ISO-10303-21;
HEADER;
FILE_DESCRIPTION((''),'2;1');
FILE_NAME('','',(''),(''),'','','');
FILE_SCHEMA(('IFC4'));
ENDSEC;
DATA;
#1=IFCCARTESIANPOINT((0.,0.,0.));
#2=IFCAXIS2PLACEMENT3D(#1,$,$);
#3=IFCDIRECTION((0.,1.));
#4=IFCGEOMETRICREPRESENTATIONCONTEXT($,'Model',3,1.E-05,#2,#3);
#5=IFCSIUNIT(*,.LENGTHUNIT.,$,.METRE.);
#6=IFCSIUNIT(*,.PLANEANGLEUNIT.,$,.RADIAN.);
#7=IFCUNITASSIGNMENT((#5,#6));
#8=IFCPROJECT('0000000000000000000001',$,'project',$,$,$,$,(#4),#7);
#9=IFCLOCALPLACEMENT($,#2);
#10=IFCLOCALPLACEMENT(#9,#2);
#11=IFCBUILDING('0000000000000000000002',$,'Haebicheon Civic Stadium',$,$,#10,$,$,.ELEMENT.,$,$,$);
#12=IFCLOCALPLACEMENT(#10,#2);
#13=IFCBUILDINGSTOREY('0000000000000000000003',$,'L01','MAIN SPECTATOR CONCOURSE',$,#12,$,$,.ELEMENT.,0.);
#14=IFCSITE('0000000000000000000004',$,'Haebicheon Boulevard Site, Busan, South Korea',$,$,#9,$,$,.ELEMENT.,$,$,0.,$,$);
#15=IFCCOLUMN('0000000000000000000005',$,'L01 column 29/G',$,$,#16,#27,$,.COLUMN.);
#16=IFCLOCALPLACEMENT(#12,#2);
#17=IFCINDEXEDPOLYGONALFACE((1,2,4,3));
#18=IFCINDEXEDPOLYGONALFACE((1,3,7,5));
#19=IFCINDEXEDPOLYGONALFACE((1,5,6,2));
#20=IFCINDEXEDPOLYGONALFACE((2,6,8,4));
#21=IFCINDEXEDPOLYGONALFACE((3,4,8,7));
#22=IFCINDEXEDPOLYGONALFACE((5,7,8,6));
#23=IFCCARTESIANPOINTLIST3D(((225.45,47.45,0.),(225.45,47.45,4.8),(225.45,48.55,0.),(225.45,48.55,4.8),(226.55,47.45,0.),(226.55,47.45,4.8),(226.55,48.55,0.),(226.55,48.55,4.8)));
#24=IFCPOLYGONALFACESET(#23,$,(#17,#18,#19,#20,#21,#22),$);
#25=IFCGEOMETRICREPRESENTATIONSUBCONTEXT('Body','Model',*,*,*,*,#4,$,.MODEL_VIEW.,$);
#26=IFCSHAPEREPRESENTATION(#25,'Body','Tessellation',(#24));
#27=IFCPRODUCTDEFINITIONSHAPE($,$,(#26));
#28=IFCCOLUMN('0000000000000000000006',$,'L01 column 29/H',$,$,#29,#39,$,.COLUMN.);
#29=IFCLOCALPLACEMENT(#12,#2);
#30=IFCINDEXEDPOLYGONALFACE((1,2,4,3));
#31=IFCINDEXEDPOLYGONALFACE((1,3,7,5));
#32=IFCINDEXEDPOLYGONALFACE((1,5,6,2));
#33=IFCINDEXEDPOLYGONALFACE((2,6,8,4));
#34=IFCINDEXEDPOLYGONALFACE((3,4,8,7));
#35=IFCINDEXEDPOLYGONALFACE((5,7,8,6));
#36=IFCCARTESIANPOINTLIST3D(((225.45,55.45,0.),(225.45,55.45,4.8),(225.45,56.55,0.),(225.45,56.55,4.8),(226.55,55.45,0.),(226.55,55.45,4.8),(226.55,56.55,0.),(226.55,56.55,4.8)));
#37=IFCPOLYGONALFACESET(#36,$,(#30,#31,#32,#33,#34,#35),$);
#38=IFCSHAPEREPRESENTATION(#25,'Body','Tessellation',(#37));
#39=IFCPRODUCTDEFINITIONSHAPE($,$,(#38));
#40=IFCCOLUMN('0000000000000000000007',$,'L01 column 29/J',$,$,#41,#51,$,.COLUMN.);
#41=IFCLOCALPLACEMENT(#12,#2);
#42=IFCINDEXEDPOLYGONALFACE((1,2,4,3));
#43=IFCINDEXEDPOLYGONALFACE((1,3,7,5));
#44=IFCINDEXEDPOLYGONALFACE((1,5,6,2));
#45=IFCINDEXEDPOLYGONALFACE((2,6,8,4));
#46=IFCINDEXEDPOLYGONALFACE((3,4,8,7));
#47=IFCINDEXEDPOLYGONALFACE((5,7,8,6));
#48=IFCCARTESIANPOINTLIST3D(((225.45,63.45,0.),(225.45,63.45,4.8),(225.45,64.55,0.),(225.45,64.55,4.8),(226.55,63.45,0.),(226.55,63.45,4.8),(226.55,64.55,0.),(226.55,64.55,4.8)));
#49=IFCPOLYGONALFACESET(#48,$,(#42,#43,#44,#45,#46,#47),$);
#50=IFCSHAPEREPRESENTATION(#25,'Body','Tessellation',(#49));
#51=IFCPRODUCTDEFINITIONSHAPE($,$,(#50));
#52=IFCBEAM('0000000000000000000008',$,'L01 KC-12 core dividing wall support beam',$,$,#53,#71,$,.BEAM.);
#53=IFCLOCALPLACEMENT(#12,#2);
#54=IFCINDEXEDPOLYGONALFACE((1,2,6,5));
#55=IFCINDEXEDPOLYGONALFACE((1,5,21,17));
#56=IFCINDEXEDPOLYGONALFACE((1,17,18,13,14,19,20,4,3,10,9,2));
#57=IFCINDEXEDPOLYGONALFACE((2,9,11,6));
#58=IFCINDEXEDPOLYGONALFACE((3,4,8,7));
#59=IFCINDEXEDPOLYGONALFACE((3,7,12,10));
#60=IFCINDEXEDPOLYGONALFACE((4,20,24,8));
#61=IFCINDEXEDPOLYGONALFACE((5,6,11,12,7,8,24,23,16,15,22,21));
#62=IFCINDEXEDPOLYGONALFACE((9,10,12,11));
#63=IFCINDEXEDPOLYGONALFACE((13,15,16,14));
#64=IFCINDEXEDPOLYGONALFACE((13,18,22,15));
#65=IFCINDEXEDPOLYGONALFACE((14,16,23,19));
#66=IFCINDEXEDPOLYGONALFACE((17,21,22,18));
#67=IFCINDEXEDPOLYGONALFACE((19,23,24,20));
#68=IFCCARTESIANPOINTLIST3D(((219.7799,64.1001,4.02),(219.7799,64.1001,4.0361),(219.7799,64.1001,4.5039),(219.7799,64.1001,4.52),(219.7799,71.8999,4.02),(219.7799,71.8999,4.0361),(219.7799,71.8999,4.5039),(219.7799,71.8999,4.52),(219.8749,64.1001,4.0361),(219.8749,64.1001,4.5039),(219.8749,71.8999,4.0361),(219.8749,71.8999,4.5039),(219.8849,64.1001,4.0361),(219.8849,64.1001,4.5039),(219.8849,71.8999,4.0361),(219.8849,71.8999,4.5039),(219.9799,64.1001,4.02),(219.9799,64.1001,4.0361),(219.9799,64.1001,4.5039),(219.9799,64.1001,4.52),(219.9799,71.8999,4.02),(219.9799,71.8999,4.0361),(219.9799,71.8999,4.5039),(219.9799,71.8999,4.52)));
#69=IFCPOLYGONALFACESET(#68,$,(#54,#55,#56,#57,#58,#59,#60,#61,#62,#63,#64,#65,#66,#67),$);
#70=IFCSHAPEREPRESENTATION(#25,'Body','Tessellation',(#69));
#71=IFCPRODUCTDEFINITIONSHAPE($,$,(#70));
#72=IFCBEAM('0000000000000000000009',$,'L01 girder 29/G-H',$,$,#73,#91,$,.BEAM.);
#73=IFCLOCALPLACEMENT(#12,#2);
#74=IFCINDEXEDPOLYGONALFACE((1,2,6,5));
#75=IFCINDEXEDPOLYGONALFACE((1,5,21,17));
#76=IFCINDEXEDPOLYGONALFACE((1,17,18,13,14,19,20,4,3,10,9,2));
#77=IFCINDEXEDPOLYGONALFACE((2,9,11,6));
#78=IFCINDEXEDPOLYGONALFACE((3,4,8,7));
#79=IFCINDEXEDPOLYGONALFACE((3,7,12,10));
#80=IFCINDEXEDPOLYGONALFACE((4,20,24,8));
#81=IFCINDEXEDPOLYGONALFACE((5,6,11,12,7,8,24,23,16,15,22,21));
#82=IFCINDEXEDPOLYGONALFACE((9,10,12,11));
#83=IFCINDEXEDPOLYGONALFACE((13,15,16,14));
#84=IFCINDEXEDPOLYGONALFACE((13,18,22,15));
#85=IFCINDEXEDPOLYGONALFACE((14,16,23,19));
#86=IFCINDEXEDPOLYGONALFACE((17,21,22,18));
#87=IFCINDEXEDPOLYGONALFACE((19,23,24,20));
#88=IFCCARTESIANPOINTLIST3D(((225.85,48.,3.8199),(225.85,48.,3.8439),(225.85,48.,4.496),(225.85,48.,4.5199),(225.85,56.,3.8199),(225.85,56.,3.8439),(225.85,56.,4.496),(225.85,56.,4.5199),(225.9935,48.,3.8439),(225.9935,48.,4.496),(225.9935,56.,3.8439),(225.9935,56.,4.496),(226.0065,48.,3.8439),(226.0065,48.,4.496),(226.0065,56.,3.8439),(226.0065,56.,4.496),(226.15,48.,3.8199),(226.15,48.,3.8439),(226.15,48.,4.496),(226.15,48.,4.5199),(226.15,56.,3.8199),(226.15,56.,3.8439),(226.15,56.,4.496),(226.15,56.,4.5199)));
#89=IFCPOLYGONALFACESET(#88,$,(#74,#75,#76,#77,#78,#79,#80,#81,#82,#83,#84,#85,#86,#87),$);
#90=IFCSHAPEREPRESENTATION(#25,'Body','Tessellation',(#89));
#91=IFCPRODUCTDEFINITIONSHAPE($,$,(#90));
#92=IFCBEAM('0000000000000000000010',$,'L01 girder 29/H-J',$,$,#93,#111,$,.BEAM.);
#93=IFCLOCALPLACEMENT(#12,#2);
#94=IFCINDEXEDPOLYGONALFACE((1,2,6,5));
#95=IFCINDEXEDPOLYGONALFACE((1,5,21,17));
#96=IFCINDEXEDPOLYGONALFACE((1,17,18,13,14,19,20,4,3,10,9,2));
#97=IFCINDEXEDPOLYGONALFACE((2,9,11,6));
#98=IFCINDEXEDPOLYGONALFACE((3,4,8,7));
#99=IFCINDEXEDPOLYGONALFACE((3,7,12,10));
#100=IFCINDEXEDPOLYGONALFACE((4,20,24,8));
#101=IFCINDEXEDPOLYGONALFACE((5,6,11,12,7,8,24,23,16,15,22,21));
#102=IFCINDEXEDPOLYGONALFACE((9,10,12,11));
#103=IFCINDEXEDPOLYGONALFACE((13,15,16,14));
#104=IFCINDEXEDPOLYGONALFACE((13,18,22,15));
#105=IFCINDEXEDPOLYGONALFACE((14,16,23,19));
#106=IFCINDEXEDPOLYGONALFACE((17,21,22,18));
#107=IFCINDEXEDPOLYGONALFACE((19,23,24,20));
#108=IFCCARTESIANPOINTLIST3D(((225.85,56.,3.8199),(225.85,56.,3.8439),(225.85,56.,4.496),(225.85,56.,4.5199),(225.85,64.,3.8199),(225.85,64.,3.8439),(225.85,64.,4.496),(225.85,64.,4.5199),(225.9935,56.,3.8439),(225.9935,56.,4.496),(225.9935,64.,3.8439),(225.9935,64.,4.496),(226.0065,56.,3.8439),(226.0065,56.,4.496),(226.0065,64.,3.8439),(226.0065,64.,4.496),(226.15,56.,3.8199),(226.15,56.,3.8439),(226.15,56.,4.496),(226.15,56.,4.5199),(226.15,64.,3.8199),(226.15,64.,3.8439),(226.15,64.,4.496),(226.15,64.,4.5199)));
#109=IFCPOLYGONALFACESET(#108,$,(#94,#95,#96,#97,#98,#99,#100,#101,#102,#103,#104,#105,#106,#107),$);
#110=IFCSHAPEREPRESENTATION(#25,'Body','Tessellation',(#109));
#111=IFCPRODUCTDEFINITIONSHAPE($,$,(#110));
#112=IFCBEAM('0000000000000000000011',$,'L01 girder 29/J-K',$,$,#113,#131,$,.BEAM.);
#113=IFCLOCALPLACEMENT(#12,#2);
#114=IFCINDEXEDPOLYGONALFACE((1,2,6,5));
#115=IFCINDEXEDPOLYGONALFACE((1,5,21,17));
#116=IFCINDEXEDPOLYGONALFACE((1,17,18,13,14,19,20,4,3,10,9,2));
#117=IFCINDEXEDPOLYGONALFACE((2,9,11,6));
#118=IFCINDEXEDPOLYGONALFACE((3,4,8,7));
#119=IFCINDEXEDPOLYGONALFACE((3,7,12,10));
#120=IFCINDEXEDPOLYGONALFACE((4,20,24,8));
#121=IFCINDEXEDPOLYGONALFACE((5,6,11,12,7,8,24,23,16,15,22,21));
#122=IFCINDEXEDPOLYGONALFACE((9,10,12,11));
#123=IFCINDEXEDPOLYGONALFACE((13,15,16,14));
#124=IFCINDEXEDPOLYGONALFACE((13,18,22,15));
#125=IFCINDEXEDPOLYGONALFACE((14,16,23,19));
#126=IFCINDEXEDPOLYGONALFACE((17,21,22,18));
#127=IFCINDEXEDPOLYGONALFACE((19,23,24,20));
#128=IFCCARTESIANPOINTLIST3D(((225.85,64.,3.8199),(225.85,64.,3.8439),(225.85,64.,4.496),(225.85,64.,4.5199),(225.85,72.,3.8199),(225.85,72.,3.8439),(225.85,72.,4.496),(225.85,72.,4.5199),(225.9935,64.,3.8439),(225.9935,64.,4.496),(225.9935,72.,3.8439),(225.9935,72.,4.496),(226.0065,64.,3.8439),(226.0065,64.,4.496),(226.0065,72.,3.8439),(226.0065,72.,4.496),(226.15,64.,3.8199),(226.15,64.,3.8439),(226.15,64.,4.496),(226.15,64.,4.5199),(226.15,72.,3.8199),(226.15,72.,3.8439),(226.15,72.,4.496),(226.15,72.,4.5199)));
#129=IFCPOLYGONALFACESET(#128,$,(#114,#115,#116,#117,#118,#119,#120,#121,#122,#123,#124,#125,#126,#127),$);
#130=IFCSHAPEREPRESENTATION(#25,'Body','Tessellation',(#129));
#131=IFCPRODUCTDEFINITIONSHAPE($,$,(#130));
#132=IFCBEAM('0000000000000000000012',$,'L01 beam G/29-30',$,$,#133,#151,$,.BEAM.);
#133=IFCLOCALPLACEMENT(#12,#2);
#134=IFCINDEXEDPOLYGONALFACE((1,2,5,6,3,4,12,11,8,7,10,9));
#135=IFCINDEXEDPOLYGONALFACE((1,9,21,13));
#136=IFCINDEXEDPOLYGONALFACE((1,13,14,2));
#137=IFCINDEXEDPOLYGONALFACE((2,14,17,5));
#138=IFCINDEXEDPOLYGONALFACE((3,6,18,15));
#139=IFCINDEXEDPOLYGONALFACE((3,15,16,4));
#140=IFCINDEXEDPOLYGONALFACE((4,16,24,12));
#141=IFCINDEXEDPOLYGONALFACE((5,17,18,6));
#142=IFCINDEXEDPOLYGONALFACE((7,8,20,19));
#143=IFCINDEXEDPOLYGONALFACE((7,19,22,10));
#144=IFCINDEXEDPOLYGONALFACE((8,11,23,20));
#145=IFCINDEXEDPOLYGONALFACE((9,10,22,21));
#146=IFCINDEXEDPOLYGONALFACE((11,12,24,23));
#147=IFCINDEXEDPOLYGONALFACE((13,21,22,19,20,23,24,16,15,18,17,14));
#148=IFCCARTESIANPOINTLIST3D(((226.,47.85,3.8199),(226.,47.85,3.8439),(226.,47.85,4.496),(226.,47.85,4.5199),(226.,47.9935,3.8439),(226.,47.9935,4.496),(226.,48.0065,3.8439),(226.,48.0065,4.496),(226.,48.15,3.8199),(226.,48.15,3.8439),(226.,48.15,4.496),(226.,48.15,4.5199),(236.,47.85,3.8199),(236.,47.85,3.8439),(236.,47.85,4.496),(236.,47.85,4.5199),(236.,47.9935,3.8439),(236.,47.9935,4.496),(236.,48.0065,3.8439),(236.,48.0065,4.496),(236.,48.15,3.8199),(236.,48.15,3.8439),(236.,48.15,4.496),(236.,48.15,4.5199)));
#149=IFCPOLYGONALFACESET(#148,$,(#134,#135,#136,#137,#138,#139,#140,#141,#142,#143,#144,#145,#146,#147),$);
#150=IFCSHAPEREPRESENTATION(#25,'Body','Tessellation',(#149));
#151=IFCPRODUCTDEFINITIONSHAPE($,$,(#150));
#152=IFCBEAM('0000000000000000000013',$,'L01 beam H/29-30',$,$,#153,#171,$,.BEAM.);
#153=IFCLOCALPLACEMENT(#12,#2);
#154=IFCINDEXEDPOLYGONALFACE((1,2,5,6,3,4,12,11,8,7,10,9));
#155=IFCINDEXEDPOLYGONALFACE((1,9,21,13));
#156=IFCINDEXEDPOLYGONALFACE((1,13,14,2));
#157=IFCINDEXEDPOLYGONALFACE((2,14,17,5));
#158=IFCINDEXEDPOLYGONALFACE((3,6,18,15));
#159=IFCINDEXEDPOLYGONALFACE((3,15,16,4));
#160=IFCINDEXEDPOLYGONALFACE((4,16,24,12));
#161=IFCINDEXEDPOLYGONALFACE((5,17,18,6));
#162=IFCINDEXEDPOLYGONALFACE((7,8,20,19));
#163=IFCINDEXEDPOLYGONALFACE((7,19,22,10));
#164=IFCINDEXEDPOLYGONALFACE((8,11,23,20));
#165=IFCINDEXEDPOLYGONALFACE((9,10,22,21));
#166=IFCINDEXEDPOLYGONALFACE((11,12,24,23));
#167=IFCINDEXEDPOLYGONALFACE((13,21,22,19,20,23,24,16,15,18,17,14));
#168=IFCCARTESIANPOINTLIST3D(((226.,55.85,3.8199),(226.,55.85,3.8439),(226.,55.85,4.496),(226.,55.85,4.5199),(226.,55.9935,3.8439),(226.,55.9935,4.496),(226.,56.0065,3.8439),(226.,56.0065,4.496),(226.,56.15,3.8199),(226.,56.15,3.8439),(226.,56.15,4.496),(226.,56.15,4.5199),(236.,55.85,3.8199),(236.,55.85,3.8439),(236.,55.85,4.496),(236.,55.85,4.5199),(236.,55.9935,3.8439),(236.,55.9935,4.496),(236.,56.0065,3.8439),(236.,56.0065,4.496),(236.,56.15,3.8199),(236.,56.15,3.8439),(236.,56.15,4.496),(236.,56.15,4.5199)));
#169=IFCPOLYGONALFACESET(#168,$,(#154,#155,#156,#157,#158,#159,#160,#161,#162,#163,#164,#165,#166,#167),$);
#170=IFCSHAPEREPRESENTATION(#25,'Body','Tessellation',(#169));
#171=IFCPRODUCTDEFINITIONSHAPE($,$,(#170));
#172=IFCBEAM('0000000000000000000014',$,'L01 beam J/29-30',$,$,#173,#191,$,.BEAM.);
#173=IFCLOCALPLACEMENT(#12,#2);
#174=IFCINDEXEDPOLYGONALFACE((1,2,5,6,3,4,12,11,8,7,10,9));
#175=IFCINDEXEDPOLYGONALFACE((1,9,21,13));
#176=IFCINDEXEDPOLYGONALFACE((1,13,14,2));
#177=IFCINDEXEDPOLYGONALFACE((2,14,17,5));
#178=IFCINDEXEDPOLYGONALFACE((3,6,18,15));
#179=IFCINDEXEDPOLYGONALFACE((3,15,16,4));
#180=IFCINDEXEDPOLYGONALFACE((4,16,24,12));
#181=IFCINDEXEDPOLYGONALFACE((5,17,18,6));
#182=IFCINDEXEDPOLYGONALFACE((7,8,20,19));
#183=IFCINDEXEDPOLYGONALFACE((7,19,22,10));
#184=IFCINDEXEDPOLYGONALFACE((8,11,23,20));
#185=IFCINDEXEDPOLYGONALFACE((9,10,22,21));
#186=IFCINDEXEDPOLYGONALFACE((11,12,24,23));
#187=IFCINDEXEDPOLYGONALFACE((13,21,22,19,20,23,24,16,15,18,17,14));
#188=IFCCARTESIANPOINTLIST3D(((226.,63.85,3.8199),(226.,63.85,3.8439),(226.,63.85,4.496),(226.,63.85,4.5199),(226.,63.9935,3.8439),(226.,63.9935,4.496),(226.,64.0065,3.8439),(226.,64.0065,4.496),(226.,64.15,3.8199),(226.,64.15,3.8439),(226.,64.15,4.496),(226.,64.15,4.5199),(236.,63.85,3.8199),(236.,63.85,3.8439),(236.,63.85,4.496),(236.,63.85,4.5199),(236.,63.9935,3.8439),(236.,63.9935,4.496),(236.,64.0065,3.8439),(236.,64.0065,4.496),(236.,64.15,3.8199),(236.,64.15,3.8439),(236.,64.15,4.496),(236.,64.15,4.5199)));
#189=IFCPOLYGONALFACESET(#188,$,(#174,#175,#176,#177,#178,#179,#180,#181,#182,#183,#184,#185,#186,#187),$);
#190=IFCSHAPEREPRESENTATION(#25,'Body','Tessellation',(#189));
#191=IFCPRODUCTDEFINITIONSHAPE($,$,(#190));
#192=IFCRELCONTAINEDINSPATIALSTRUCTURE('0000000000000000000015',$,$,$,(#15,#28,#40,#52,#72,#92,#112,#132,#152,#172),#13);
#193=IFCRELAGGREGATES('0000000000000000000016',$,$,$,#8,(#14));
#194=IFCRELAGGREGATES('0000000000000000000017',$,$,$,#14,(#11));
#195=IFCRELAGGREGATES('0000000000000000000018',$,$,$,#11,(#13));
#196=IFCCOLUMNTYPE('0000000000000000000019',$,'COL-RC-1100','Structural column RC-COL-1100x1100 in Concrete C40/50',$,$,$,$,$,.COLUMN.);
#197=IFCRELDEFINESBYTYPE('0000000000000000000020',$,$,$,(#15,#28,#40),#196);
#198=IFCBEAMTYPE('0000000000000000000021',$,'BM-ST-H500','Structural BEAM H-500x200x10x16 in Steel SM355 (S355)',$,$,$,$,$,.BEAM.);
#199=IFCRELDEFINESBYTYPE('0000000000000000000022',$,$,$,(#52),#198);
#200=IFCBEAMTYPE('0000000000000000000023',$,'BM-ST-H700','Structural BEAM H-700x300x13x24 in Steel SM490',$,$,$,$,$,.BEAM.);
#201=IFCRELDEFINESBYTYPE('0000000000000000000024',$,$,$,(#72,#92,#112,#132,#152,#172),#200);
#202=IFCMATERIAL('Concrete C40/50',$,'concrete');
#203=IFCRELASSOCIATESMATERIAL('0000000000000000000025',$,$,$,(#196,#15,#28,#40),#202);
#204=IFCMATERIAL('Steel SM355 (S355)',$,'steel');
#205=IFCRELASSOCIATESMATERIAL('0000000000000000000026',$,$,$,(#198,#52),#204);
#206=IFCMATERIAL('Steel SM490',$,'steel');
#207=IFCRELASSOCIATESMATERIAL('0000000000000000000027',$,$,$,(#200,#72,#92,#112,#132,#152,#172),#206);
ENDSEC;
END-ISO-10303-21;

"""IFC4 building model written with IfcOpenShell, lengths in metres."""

from ifc_helpers import new_model, si_unit, direction, frame, origin, origin_2d, place, context, subcontext, project, spatial, rectangle, i_section, extrude, material, material_profile, profile_set, type_object, element, save


model = new_model("IFC4")

# Units and contexts
model_context = context("Model", 3, precision=1e-05, world=origin(), true_north=direction((0.0, 1.0)))
body_context = subcontext(model_context, "Body", "Model", "MODEL_VIEW")
ifc_project = project(units=[si_unit("LENGTHUNIT", "METRE"), si_unit("PLANEANGLEUNIT", "RADIAN")], contexts=[model_context])

# Site, building, storey
site_placement = place(None, origin())
site = spatial("IfcSite", under=ifc_project, at=site_placement, Name="Haebicheon Boulevard Site, Busan, South Korea", CompositionType="ELEMENT", RefElevation=0.0)
building_placement = place(site_placement, origin())
building = spatial("IfcBuilding", under=site, at=building_placement, Name="Haebicheon Civic Stadium", CompositionType="ELEMENT")
storey_placement = place(building_placement, origin())
storey = spatial("IfcBuildingStorey", under=building, at=storey_placement, Name="L01", Description="MAIN SPECTATOR CONCOURSE", CompositionType="ELEMENT", Elevation=0.0)

# Columns
ifc_material_1 = material(Name="Concrete C40/50", Category="concrete")
ifc_material_profile_1 = material_profile(ifc_material_1, rectangle(XDim=1.1001, YDim=1.1001, at=origin_2d()), Name="RC-COL-1100x1100")
ifc_profile_set_1 = profile_set([ifc_material_profile_1], Name="Concrete C40/50")
column_type = type_object("IfcColumnType", Name="COL-RC-1100", Description="Structural column RC-COL-1100x1100 in Concrete C40/50", PredefinedType="COLUMN", material=ifc_profile_set_1)
for number, where, z_axis, x_axis, name in (
    (1, (226.0, 48.0, 0.0), (0.0, 0.0, 1.0), (1.0, 0.0, 0.0), "L01 column 29/G"),
    (2, (226.0, 56.0, 0.0), (0.0, 0.0, 1.0), (1.0, 0.0, 0.0), "L01 column 29/H"),
    (3, (226.0, 64.0, 0.0), (0.0, 0.0, 1.0), (1.0, 0.0, 0.0), "L01 column 29/J"),
):
    element("IfcColumn", number, at=place(storey_placement, frame(where, z_axis=z_axis, x_axis=x_axis)), inside=storey, type_object=column_type, material=ifc_profile_set_1, Name=name, PredefinedType="COLUMN", context=body_context, shape_type="SweptSolid", body=[
        extrude(rectangle(XDim=1.1001, YDim=1.1001, at=origin_2d()), origin(), (0.0, 0.0, 1.0), 4.8),
    ])

# Beams
ifc_material_2 = material(Name="Steel SM355 (S355)", Category="steel")
ifc_material_profile_2 = material_profile(ifc_material_2, i_section(OverallWidth=0.2, OverallDepth=0.5, WebThickness=0.01, FlangeThickness=0.0161, at=origin_2d()), Name="H-500x200x10x16")
ifc_profile_set_2 = profile_set([ifc_material_profile_2], Name="Steel SM355 (S355)")
beam_type_1 = type_object("IfcBeamType", Name="BM-ST-H500", Description="Structural BEAM H-500x200x10x16 in Steel SM355 (S355)", PredefinedType="BEAM", material=ifc_profile_set_2)
beam_placement = place(storey_placement, frame((219.8799, 64.1001, 4.27), z_axis=(0.0, 1.0, 0.0), x_axis=(-1.0, 0.0, 0.0)))
element("IfcBeam", 4, at=beam_placement, inside=storey, type_object=beam_type_1, material=ifc_profile_set_2, Name="L01 KC-12 core dividing wall support beam", PredefinedType="BEAM", context=body_context, shape_type="SweptSolid", body=[
    extrude(i_section(OverallWidth=0.2, OverallDepth=0.5, WebThickness=0.01, FlangeThickness=0.0161, at=origin_2d()), origin(), (0.0, 0.0, 1.0), 7.7998),
])
ifc_material_3 = material(Name="Steel SM490", Category="steel")
ifc_material_profile_3 = material_profile(ifc_material_3, i_section(OverallWidth=0.3, OverallDepth=0.7, WebThickness=0.0129, FlangeThickness=0.0239, at=origin_2d()), Name="H-700x300x13x24")
ifc_profile_set_3 = profile_set([ifc_material_profile_3], Name="Steel SM490")
beam_type_2 = type_object("IfcBeamType", Name="BM-ST-H700", Description="Structural BEAM H-700x300x13x24 in Steel SM490", PredefinedType="BEAM", material=ifc_profile_set_3)
for number, where, z_axis, x_axis, name in (
    (5, (226.0, 48.0, 4.1699), (0.0, 1.0, 0.0), (-1.0, 0.0, 0.0), "L01 girder 29/G-H"),
    (6, (226.0, 56.0, 4.1699), (0.0, 1.0, 0.0), (-1.0, 0.0, 0.0), "L01 girder 29/H-J"),
    (7, (226.0, 64.0, 4.1699), (0.0, 1.0, 0.0), (-1.0, 0.0, 0.0), "L01 girder 29/J-K"),
):
    element("IfcBeam", number, at=place(storey_placement, frame(where, z_axis=z_axis, x_axis=x_axis)), inside=storey, type_object=beam_type_2, material=ifc_profile_set_3, Name=name, PredefinedType="BEAM", context=body_context, shape_type="SweptSolid", body=[
        extrude(i_section(OverallWidth=0.3, OverallDepth=0.7, WebThickness=0.0129, FlangeThickness=0.0239, at=origin_2d()), origin(), (0.0, 0.0, 1.0), 8.0),
    ])
for number, where, z_axis, x_axis, name in (
    (8, (226.0, 48.0, 4.1699), (1.0, 0.0, 0.0), (0.0, 1.0, 0.0), "L01 beam G/29-30"),
    (9, (226.0, 56.0, 4.1699), (1.0, 0.0, 0.0), (0.0, 1.0, 0.0), "L01 beam H/29-30"),
    (10, (226.0, 64.0, 4.1699), (1.0, 0.0, 0.0), (0.0, 1.0, 0.0), "L01 beam J/29-30"),
):
    element("IfcBeam", number, at=place(storey_placement, frame(where, z_axis=z_axis, x_axis=x_axis)), inside=storey, type_object=beam_type_2, material=ifc_profile_set_3, Name=name, PredefinedType="BEAM", context=body_context, shape_type="SweptSolid", body=[
        extrude(i_section(OverallWidth=0.3, OverallDepth=0.7, WebThickness=0.0129, FlangeThickness=0.0239, at=origin_2d()), origin(), (0.0, 0.0, 1.0), 10.0),
    ])

save(model, "model.ifc")
